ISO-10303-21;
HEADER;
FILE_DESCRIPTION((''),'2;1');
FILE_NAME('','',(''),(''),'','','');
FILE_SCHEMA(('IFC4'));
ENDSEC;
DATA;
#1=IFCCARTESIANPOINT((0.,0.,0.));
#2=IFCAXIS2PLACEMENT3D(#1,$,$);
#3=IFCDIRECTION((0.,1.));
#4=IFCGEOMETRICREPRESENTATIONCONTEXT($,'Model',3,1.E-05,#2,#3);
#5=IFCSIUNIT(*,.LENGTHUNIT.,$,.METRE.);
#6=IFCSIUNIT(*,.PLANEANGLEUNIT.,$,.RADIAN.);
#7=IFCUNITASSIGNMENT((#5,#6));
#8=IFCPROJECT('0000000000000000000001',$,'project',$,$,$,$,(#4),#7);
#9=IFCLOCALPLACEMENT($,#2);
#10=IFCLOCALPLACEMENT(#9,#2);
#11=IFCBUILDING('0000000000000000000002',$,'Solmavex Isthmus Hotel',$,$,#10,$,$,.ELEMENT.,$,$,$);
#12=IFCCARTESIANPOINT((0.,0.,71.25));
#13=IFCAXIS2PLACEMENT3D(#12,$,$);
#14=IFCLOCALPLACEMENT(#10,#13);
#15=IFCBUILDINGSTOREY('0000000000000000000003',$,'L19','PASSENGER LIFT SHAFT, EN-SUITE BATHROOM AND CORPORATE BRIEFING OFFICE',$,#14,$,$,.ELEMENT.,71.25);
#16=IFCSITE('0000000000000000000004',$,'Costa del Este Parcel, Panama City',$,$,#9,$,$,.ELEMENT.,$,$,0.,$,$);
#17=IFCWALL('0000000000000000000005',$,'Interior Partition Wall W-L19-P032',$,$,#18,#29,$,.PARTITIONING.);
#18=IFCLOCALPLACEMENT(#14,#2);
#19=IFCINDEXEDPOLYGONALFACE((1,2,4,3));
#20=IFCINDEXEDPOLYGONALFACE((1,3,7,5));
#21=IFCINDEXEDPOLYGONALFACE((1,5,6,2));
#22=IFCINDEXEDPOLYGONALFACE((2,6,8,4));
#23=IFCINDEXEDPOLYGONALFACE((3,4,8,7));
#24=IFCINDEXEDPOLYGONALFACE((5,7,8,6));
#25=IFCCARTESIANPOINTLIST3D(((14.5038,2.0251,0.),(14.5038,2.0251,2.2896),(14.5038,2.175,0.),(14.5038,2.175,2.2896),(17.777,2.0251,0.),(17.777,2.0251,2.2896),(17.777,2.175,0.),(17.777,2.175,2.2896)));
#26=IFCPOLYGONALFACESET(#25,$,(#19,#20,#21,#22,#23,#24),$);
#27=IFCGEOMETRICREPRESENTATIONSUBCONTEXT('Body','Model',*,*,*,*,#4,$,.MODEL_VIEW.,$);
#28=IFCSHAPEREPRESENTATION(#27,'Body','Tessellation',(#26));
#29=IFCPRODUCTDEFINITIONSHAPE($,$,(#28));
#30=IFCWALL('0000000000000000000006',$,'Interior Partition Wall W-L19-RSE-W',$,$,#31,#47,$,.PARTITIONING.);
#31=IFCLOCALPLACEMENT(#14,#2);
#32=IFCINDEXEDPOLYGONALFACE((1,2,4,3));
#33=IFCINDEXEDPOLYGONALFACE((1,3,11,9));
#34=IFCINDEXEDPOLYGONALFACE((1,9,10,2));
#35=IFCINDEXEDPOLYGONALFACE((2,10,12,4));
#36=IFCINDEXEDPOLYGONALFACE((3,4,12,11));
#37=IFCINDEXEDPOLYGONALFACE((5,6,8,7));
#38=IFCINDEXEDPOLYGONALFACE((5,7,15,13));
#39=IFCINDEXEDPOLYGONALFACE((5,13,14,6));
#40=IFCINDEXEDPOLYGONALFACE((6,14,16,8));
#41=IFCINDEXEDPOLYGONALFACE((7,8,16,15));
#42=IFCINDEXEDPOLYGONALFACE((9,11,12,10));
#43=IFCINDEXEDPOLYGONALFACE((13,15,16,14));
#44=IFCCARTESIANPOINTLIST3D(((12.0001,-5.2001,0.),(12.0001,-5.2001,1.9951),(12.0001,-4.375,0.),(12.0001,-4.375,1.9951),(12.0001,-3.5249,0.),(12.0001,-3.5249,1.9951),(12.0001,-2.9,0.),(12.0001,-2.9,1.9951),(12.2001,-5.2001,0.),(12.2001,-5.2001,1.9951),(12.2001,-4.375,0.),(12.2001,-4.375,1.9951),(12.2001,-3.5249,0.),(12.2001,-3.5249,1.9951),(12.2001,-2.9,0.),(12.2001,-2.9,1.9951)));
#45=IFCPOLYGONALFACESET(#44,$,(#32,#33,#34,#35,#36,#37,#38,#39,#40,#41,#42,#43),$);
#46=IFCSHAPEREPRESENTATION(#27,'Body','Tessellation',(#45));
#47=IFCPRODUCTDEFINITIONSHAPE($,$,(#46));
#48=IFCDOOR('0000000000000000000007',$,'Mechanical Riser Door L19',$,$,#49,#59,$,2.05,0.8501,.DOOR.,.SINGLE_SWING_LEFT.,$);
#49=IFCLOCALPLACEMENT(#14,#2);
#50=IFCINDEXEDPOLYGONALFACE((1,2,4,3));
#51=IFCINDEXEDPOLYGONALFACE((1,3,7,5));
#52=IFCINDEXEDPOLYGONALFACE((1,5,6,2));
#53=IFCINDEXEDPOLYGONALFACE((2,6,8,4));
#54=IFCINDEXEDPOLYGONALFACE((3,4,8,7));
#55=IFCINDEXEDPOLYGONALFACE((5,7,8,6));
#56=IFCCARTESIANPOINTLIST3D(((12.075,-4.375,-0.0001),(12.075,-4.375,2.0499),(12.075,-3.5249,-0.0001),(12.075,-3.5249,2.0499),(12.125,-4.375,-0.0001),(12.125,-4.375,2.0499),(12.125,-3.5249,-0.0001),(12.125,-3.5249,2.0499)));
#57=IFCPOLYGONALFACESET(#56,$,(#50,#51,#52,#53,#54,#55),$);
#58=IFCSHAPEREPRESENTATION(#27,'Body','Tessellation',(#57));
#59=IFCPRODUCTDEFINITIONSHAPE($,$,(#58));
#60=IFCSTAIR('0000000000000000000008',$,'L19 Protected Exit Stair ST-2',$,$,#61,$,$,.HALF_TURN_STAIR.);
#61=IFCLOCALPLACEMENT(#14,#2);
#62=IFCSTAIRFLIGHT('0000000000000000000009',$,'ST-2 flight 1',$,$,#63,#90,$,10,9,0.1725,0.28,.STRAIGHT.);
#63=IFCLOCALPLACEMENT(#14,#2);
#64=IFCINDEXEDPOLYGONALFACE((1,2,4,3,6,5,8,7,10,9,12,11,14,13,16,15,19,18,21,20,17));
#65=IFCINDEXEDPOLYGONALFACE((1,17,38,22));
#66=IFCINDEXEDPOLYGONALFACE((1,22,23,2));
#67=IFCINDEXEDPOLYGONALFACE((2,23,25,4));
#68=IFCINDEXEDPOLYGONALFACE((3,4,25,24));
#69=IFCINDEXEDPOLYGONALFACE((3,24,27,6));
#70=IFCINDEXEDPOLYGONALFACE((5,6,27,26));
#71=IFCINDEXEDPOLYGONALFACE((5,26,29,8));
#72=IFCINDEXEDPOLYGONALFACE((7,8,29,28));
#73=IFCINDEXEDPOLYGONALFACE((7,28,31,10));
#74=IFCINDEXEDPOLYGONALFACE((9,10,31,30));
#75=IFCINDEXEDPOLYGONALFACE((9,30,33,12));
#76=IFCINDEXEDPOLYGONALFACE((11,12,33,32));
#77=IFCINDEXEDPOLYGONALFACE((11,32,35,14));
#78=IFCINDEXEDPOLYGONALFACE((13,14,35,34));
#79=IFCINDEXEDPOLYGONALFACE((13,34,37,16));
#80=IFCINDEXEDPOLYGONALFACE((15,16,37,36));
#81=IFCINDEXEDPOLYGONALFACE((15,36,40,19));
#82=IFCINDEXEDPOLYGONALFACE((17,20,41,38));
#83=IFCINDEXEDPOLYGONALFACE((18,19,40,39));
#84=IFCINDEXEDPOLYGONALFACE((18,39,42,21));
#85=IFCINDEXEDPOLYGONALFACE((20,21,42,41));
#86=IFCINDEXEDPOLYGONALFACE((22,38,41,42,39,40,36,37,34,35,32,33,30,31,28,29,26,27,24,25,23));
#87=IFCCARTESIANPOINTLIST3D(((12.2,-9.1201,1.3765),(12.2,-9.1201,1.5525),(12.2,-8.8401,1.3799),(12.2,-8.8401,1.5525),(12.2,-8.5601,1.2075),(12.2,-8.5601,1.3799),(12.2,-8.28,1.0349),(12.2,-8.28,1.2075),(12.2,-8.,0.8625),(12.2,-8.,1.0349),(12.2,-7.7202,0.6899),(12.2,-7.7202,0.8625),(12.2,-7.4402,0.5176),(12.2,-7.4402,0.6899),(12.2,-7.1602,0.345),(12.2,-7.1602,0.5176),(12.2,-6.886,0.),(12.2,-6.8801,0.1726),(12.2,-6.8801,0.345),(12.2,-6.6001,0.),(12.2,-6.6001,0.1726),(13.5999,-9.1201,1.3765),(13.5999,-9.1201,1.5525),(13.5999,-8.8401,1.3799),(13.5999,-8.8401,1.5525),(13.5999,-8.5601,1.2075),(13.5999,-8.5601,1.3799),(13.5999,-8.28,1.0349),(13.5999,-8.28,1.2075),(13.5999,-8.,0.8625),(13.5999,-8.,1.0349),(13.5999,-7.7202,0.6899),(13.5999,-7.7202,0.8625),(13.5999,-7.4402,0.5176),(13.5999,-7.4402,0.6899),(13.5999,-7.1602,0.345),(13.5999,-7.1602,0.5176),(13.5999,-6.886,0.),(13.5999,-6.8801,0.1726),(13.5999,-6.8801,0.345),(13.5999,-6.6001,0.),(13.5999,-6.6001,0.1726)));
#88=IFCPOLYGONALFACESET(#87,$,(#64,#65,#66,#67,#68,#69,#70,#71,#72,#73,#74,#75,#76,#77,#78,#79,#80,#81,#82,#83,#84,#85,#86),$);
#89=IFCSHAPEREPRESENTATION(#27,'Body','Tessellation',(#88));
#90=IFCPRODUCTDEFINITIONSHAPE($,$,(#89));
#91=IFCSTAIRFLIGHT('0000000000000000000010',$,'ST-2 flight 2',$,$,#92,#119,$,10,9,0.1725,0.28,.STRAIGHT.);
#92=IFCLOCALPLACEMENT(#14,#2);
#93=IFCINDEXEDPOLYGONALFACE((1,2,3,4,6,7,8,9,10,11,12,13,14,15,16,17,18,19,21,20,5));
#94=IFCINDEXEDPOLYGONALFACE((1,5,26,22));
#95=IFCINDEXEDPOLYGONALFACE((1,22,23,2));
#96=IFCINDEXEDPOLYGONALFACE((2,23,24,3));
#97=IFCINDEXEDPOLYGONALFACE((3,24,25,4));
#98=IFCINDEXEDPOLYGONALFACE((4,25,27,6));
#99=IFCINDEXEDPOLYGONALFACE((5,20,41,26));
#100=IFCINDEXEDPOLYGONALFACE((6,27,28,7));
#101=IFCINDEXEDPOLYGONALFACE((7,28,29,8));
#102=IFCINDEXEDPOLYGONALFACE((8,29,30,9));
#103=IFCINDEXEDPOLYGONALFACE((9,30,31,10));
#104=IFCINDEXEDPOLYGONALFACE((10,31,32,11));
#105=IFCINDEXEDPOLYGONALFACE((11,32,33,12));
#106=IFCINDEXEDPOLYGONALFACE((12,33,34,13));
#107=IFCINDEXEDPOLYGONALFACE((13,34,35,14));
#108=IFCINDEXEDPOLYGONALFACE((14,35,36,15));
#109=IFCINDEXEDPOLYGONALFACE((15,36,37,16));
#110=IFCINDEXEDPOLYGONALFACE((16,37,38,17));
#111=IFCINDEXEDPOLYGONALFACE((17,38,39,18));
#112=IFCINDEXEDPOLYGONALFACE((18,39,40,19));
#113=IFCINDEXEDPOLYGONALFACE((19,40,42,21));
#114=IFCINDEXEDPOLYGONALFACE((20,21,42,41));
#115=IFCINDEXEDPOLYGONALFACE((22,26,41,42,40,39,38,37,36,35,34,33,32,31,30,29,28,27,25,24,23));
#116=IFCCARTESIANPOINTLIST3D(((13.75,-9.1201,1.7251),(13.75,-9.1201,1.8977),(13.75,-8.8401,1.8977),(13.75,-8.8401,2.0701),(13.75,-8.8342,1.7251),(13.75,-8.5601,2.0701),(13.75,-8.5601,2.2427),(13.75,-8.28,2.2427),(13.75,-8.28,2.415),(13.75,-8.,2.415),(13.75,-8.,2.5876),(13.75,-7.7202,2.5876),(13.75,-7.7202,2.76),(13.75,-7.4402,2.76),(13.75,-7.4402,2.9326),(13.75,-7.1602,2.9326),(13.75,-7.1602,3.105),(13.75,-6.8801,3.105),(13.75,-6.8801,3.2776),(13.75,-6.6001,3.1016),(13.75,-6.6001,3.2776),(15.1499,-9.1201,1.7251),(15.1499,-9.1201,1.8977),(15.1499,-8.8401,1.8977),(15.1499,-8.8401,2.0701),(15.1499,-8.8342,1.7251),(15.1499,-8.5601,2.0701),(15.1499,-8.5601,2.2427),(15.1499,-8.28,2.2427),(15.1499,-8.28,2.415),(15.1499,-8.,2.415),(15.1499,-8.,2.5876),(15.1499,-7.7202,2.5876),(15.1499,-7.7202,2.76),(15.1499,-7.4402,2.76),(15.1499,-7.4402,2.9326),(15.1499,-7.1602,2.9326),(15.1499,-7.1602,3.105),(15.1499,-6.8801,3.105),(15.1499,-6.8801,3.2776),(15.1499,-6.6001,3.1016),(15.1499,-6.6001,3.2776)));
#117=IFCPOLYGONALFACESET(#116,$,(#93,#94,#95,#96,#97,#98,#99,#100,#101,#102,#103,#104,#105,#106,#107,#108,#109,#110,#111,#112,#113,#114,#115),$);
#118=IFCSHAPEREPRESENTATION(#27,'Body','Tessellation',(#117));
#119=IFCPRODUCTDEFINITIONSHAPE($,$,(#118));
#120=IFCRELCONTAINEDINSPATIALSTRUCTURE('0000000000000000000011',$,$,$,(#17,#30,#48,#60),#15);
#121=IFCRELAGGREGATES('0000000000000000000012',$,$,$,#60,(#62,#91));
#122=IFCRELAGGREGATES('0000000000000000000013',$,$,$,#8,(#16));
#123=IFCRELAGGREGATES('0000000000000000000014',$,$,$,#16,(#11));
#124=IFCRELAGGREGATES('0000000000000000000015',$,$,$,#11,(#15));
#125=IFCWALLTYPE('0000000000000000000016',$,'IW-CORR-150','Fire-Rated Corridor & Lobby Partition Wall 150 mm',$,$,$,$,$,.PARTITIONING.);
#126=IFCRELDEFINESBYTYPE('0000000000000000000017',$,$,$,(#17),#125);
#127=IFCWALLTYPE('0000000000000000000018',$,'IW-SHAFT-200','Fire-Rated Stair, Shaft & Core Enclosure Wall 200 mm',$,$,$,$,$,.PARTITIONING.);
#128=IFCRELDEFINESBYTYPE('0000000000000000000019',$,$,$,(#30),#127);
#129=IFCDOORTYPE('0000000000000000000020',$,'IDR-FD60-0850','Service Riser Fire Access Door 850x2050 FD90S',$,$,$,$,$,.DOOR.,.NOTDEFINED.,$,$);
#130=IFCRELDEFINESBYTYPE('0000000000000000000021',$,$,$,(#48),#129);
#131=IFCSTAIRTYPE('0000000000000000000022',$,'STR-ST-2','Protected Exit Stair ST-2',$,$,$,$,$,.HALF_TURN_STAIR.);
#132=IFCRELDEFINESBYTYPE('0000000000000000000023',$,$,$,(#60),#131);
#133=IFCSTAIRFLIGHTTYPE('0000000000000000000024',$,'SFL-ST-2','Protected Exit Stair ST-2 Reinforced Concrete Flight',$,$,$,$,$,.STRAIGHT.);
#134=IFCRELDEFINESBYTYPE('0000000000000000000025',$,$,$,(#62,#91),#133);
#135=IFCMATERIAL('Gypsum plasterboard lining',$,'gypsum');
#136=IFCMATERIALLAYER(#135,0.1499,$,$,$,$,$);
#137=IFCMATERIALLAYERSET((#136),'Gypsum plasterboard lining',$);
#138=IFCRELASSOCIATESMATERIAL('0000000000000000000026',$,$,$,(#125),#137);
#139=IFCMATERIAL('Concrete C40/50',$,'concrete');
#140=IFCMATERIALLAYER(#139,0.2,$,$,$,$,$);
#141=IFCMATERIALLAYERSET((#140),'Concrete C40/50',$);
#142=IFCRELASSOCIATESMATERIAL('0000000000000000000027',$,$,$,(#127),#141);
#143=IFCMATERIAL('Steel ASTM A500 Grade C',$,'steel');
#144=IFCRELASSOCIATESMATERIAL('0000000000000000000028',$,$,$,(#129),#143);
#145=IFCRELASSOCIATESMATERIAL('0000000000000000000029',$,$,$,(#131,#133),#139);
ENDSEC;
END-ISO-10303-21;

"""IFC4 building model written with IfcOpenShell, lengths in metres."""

from ifc_helpers import new_model, si_unit, direction, frame, frame_2d, origin, place, context, subcontext, project, spatial, polyline, rectangle, outline, extrude, material, layer, layer_set, type_object, element, fill, aggregate, save


model = new_model("IFC4")

# Units and contexts
model_context = context("Model", 3, precision=1e-05, world=origin(), true_north=direction((0.0, 1.0)))
body_context = subcontext(model_context, "Body", "Model", "MODEL_VIEW")
ifc_project = project(units=[si_unit("LENGTHUNIT", "METRE"), si_unit("PLANEANGLEUNIT", "RADIAN")], contexts=[model_context])

# Site, building, storey
site_placement = place(None, origin())
site = spatial("IfcSite", under=ifc_project, at=site_placement, Name="Costa del Este Parcel, Panama City", CompositionType="ELEMENT", RefElevation=0.0)
building_placement = place(site_placement, origin())
building = spatial("IfcBuilding", under=site, at=building_placement, Name="Solmavex Isthmus Hotel", CompositionType="ELEMENT")
storey_placement = place(building_placement, frame((0.0, 0.0, 71.25)))
storey = spatial("IfcBuildingStorey", under=building, at=storey_placement, Name="L19", Description="PASSENGER LIFT SHAFT, EN-SUITE BATHROOM AND CORPORATE BRIEFING OFFICE", CompositionType="ELEMENT", Elevation=71.25)

# Shared definitions
ifc_material_1 = material(Name="Gypsum plasterboard lining", Category="gypsum")

# Shared definitions
ifc_layer_1 = layer(ifc_material_1, 0.1499)
ifc_layer_set_1 = layer_set([ifc_layer_1], Name="Gypsum plasterboard lining")
wall_type_1 = type_object("IfcWallType", Name="IW-CORR-150", Description="Fire-Rated Corridor & Lobby Partition Wall 150 mm", PredefinedType="PARTITIONING", material=ifc_layer_set_1)

# Wall
wall_1_placement = place(storey_placement, frame((17.7771, 2.1001, 0.0), z_axis=(0.0, 0.0, 1.0), x_axis=(-1.0, 0.0, 0.0)))
element("IfcWall", 1, at=wall_1_placement, inside=storey, type_object=wall_type_1, Name="Interior Partition Wall W-L19-P032", PredefinedType="PARTITIONING", context=body_context, shape_type="SweptSolid", body=[
    extrude(rectangle(XDim=3.2732, YDim=0.1499, at=frame_2d((1.6367, 0.0))), origin(), (0.0, 0.0, 1.0), 2.2896),
])

# Wall, opening, door
ifc_material_2 = material(Name="Concrete C40/50", Category="concrete")
ifc_layer_2 = layer(ifc_material_2, 0.2)
ifc_layer_set_2 = layer_set([ifc_layer_2], Name="Concrete C40/50")
wall_type_2 = type_object("IfcWallType", Name="IW-SHAFT-200", Description="Fire-Rated Stair, Shaft & Core Enclosure Wall 200 mm", PredefinedType="PARTITIONING", material=ifc_layer_set_2)
wall_2_placement = place(storey_placement, frame((12.1001, -5.2, 0.0), z_axis=(0.0, 0.0, 1.0), x_axis=(0.0, 1.0, 0.0)))
wall_2 = element("IfcWall", 2, at=wall_2_placement, inside=storey, type_object=wall_type_2, Name="Interior Partition Wall W-L19-RSE-W", PredefinedType="PARTITIONING", context=body_context, shape_type="SweptSolid", body=[
    extrude(rectangle(XDim=2.3, YDim=0.2, at=frame_2d((1.1499, 0.0))), origin(), (0.0, 0.0, 1.0), 1.9951),
])
opening_1_placement = place(wall_2_placement, frame((0.825, 0.0, 0.0)))
opening_1 = element("IfcOpeningElement", 3, at=opening_1_placement, cuts=wall_2, PredefinedType="OPENING", context=body_context, shape_type="SweptSolid", body=[
    extrude(rectangle(XDim=0.8501, YDim=2.05, at=frame_2d((0.425, 1.0249))), frame((0.0, 0.1099, 0.0), z_axis=(0.0, -1.0, 0.0), x_axis=(1.0, 0.0, 0.0)), (0.0, 0.0, 1.0), 0.22),
])
ifc_material_3 = material(Name="Steel ASTM A500 Grade C", Category="steel")
door_type_1 = type_object("IfcDoorType", Name="IDR-FD60-0850", Description="Service Riser Fire Access Door 850x2050 FD90S", OperationType="NOTDEFINED", PredefinedType="DOOR", material=ifc_material_3)
door_1_placement = place(opening_1_placement, frame((0.8501, 0.0, 0.0), z_axis=(0.0, 0.0, 1.0), x_axis=(-1.0, 0.0, 0.0)))
door_1 = element("IfcDoor", 4, at=door_1_placement, inside=storey, type_object=door_type_1, Name="Mechanical Riser Door L19", OperationType="SINGLE_SWING_LEFT", OverallHeight=2.05, OverallWidth=0.8501, PredefinedType="DOOR", context=body_context, shape_type="SweptSolid", body=[
    extrude(rectangle(XDim=0.8501, YDim=2.05, at=frame_2d((0.425, 1.0249))), frame((0.0, 0.0249, 0.0), z_axis=(0.0, -1.0, 0.0), x_axis=(1.0, 0.0, 0.0)), (0.0, 0.0, 1.0), 0.05),
])
fill(opening_1, door_1)

# Stair, stair flights
stair_type = type_object("IfcStairType", Name="STR-ST-2", Description="Protected Exit Stair ST-2", PredefinedType="HALF_TURN_STAIR", material=ifc_material_2)
stair_placement = place(storey_placement, origin())
stair = element("IfcStair", 5, at=stair_placement, inside=storey, type_object=stair_type, Name="L19 Protected Exit Stair ST-2", PredefinedType="HALF_TURN_STAIR")
stair_flight_type = type_object("IfcStairFlightType", Name="SFL-ST-2", Description="Protected Exit Stair ST-2 Reinforced Concrete Flight", PredefinedType="STRAIGHT", material=ifc_material_2)
stair_flight_1_placement = place(storey_placement, frame((12.8999, -6.6001, 0.0), z_axis=(0.0, 0.0, 1.0), x_axis=(0.0, -1.0, 0.0)))
stair_flight_1 = element("IfcStairFlight", 6, at=stair_flight_1_placement, type_object=stair_flight_type, Name="ST-2 flight 1", NumberOfRisers=10, NumberOfTreads=9, PredefinedType="STRAIGHT", RiserHeight=0.1725, TreadLength=0.28, context=body_context, shape_type="SweptSolid", body=[
    extrude(outline(polyline([(0.0, 0.0), (0.0, 0.1726), (0.28, 0.1726), (0.28, 0.345), (0.5601, 0.345), (0.5601, 0.5176), (0.8401, 0.5176), (0.8401, 0.6899), (1.1201, 0.6899), (1.1201, 0.8625), (1.3999, 0.8625), (1.3999, 1.0349), (1.6799, 1.0349), (1.6799, 1.2075), (1.96, 1.2075), (1.96, 1.3799), (2.24, 1.3799), (2.24, 1.5525), (2.52, 1.5525), (2.52, 1.7251), (2.52, 1.3765), (0.2859, 0.0), (0.0, 0.0)])), frame((0.0, 0.7, 0.0), z_axis=(0.0, -1.0, 0.0), x_axis=(1.0, 0.0, 0.0)), (0.0, 0.0, 1.0), 1.3999),
])
stair_flight_2_placement = place(storey_placement, frame((14.45, -9.1201, 1.7251), z_axis=(0.0, 0.0, 1.0), x_axis=(0.0, 1.0, 0.0)))
stair_flight_2 = element("IfcStairFlight", 7, at=stair_flight_2_placement, type_object=stair_flight_type, Name="ST-2 flight 2", NumberOfRisers=10, NumberOfTreads=9, PredefinedType="STRAIGHT", RiserHeight=0.1725, TreadLength=0.28, context=body_context, shape_type="SweptSolid", body=[
    extrude(outline(polyline([(0.0, 0.0), (0.0, 0.1726), (0.28, 0.1726), (0.28, 0.345), (0.5601, 0.345), (0.5601, 0.5176), (0.8401, 0.5176), (0.8401, 0.6899), (1.1201, 0.6899), (1.1201, 0.8625), (1.3999, 0.8625), (1.3999, 1.0349), (1.6799, 1.0349), (1.6799, 1.2075), (1.96, 1.2075), (1.96, 1.3799), (2.24, 1.3799), (2.24, 1.5525), (2.52, 1.5525), (2.52, 1.7251), (2.52, 1.3765), (0.2859, 0.0), (0.0, 0.0)])), frame((0.0, 0.7, 0.0), z_axis=(0.0, -1.0, 0.0), x_axis=(1.0, 0.0, 0.0)), (0.0, 0.0, 1.0), 1.3999),
])
aggregate(stair, [stair_flight_1, stair_flight_2])

save(model, "model.ifc")
